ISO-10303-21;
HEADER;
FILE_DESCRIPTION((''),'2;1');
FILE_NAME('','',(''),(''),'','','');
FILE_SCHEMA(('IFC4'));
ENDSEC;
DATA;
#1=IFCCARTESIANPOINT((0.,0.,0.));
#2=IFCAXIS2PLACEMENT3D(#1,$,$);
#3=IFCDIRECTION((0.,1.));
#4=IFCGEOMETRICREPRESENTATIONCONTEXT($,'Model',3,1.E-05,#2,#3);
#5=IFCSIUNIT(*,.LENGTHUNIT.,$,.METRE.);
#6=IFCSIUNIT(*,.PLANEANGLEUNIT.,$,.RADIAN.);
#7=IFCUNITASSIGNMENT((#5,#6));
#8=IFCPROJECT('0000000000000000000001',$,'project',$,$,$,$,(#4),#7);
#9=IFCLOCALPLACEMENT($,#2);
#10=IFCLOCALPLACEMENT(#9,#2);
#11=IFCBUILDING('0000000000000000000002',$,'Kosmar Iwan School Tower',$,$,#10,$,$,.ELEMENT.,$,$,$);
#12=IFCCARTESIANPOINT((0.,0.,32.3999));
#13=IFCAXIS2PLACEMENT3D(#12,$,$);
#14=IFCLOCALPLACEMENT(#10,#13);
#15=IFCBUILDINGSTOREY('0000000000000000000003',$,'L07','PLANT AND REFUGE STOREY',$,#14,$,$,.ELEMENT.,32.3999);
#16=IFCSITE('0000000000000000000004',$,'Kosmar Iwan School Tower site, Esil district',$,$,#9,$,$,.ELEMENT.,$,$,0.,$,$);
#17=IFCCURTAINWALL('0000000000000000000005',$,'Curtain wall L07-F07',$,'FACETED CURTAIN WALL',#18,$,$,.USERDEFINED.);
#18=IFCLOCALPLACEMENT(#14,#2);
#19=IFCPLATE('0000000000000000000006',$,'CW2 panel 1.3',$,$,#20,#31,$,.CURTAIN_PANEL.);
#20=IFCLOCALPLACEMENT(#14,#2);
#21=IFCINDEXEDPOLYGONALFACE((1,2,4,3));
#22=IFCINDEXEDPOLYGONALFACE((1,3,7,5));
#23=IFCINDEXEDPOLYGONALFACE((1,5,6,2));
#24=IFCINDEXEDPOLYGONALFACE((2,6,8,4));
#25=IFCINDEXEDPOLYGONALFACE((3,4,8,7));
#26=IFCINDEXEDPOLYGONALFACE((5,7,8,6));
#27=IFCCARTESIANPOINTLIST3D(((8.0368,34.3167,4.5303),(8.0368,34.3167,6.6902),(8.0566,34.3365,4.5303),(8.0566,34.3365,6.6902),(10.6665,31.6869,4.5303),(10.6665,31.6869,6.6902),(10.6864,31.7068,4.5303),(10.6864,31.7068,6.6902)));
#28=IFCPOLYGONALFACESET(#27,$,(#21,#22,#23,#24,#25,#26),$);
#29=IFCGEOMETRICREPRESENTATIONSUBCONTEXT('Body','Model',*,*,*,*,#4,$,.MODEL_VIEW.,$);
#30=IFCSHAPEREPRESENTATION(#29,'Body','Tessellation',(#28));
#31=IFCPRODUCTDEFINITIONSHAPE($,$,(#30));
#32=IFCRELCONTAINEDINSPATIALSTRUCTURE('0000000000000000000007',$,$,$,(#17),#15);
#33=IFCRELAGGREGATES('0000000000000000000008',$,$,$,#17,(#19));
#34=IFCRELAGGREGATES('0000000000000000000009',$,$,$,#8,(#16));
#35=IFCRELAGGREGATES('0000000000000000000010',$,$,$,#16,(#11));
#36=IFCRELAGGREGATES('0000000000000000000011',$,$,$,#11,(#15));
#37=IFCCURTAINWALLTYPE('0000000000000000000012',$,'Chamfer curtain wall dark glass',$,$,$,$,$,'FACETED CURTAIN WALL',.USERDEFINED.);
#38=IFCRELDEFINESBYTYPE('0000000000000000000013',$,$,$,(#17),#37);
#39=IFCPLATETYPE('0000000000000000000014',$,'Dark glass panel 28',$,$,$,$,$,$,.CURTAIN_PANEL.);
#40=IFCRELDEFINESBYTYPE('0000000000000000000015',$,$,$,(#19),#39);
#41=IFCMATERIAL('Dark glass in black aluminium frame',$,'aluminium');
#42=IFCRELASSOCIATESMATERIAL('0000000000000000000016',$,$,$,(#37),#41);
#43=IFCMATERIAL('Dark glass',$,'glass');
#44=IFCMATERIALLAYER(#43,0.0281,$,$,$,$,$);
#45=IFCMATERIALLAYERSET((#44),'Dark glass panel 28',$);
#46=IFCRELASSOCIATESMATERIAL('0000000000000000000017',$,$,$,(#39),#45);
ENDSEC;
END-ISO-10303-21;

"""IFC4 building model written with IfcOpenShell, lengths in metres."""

from ifc_helpers import new_model, si_unit, direction, frame, origin, origin_2d, place, context, subcontext, project, spatial, rectangle, extrude, material, layer, layer_set, type_object, element, aggregate, save


model = new_model("IFC4")

# Units and contexts
model_context = context("Model", 3, precision=1e-05, world=origin(), true_north=direction((0.0, 1.0)))
body_context = subcontext(model_context, "Body", "Model", "MODEL_VIEW")
ifc_project = project(units=[si_unit("LENGTHUNIT", "METRE"), si_unit("PLANEANGLEUNIT", "RADIAN")], contexts=[model_context])

# Site, building, storey
site_placement = place(None, origin())
site = spatial("IfcSite", under=ifc_project, at=site_placement, Name="Kosmar Iwan School Tower site, Esil district", CompositionType="ELEMENT", RefElevation=0.0)
building_placement = place(site_placement, origin())
building = spatial("IfcBuilding", under=site, at=building_placement, Name="Kosmar Iwan School Tower", CompositionType="ELEMENT")
storey_placement = place(building_placement, frame((0.0, 0.0, 32.3999)))
storey = spatial("IfcBuildingStorey", under=building, at=storey_placement, Name="L07", Description="PLANT AND REFUGE STOREY", CompositionType="ELEMENT", Elevation=32.3999)

# Curtain wall
ifc_material_1 = material(Name="Dark glass in black aluminium frame", Category="aluminium")
curtain_wall_type_1 = type_object("IfcCurtainWallType", Name="Chamfer curtain wall dark glass", ElementType="FACETED CURTAIN WALL", PredefinedType="USERDEFINED", material=ifc_material_1)
curtain_wall_1_placement = place(storey_placement, origin())
curtain_wall_1 = element("IfcCurtainWall", 1, at=curtain_wall_1_placement, inside=storey, type_object=curtain_wall_type_1, Name="Curtain wall L07-F07", ObjectType="FACETED CURTAIN WALL", PredefinedType="USERDEFINED")

# Plate
ifc_material_2 = material(Name="Dark glass", Category="glass")
ifc_layer_1 = layer(ifc_material_2, 0.0281)
ifc_layer_set_1 = layer_set([ifc_layer_1], Name="Dark glass panel 28")
plate_type_1 = type_object("IfcPlateType", Name="Dark glass panel 28", PredefinedType="CURTAIN_PANEL", material=ifc_layer_set_1)
plate_1_placement = place(storey_placement, frame((9.3616, 33.0117, 4.5303), z_axis=(0.0, 0.0, 1.0), x_axis=(-0.707107, 0.707107, 0.0)))
plate_1 = element("IfcPlate", 2, at=plate_1_placement, type_object=plate_type_1, Name="CW2 panel 1.3", PredefinedType="CURTAIN_PANEL", context=body_context, shape_type="SweptSolid", body=[
    extrude(rectangle(XDim=3.719, YDim=0.0281, at=origin_2d()), origin(), (0.0, 0.0, 1.0), 2.1599),
])
aggregate(curtain_wall_1, [plate_1])

save(model, "model.ifc")
